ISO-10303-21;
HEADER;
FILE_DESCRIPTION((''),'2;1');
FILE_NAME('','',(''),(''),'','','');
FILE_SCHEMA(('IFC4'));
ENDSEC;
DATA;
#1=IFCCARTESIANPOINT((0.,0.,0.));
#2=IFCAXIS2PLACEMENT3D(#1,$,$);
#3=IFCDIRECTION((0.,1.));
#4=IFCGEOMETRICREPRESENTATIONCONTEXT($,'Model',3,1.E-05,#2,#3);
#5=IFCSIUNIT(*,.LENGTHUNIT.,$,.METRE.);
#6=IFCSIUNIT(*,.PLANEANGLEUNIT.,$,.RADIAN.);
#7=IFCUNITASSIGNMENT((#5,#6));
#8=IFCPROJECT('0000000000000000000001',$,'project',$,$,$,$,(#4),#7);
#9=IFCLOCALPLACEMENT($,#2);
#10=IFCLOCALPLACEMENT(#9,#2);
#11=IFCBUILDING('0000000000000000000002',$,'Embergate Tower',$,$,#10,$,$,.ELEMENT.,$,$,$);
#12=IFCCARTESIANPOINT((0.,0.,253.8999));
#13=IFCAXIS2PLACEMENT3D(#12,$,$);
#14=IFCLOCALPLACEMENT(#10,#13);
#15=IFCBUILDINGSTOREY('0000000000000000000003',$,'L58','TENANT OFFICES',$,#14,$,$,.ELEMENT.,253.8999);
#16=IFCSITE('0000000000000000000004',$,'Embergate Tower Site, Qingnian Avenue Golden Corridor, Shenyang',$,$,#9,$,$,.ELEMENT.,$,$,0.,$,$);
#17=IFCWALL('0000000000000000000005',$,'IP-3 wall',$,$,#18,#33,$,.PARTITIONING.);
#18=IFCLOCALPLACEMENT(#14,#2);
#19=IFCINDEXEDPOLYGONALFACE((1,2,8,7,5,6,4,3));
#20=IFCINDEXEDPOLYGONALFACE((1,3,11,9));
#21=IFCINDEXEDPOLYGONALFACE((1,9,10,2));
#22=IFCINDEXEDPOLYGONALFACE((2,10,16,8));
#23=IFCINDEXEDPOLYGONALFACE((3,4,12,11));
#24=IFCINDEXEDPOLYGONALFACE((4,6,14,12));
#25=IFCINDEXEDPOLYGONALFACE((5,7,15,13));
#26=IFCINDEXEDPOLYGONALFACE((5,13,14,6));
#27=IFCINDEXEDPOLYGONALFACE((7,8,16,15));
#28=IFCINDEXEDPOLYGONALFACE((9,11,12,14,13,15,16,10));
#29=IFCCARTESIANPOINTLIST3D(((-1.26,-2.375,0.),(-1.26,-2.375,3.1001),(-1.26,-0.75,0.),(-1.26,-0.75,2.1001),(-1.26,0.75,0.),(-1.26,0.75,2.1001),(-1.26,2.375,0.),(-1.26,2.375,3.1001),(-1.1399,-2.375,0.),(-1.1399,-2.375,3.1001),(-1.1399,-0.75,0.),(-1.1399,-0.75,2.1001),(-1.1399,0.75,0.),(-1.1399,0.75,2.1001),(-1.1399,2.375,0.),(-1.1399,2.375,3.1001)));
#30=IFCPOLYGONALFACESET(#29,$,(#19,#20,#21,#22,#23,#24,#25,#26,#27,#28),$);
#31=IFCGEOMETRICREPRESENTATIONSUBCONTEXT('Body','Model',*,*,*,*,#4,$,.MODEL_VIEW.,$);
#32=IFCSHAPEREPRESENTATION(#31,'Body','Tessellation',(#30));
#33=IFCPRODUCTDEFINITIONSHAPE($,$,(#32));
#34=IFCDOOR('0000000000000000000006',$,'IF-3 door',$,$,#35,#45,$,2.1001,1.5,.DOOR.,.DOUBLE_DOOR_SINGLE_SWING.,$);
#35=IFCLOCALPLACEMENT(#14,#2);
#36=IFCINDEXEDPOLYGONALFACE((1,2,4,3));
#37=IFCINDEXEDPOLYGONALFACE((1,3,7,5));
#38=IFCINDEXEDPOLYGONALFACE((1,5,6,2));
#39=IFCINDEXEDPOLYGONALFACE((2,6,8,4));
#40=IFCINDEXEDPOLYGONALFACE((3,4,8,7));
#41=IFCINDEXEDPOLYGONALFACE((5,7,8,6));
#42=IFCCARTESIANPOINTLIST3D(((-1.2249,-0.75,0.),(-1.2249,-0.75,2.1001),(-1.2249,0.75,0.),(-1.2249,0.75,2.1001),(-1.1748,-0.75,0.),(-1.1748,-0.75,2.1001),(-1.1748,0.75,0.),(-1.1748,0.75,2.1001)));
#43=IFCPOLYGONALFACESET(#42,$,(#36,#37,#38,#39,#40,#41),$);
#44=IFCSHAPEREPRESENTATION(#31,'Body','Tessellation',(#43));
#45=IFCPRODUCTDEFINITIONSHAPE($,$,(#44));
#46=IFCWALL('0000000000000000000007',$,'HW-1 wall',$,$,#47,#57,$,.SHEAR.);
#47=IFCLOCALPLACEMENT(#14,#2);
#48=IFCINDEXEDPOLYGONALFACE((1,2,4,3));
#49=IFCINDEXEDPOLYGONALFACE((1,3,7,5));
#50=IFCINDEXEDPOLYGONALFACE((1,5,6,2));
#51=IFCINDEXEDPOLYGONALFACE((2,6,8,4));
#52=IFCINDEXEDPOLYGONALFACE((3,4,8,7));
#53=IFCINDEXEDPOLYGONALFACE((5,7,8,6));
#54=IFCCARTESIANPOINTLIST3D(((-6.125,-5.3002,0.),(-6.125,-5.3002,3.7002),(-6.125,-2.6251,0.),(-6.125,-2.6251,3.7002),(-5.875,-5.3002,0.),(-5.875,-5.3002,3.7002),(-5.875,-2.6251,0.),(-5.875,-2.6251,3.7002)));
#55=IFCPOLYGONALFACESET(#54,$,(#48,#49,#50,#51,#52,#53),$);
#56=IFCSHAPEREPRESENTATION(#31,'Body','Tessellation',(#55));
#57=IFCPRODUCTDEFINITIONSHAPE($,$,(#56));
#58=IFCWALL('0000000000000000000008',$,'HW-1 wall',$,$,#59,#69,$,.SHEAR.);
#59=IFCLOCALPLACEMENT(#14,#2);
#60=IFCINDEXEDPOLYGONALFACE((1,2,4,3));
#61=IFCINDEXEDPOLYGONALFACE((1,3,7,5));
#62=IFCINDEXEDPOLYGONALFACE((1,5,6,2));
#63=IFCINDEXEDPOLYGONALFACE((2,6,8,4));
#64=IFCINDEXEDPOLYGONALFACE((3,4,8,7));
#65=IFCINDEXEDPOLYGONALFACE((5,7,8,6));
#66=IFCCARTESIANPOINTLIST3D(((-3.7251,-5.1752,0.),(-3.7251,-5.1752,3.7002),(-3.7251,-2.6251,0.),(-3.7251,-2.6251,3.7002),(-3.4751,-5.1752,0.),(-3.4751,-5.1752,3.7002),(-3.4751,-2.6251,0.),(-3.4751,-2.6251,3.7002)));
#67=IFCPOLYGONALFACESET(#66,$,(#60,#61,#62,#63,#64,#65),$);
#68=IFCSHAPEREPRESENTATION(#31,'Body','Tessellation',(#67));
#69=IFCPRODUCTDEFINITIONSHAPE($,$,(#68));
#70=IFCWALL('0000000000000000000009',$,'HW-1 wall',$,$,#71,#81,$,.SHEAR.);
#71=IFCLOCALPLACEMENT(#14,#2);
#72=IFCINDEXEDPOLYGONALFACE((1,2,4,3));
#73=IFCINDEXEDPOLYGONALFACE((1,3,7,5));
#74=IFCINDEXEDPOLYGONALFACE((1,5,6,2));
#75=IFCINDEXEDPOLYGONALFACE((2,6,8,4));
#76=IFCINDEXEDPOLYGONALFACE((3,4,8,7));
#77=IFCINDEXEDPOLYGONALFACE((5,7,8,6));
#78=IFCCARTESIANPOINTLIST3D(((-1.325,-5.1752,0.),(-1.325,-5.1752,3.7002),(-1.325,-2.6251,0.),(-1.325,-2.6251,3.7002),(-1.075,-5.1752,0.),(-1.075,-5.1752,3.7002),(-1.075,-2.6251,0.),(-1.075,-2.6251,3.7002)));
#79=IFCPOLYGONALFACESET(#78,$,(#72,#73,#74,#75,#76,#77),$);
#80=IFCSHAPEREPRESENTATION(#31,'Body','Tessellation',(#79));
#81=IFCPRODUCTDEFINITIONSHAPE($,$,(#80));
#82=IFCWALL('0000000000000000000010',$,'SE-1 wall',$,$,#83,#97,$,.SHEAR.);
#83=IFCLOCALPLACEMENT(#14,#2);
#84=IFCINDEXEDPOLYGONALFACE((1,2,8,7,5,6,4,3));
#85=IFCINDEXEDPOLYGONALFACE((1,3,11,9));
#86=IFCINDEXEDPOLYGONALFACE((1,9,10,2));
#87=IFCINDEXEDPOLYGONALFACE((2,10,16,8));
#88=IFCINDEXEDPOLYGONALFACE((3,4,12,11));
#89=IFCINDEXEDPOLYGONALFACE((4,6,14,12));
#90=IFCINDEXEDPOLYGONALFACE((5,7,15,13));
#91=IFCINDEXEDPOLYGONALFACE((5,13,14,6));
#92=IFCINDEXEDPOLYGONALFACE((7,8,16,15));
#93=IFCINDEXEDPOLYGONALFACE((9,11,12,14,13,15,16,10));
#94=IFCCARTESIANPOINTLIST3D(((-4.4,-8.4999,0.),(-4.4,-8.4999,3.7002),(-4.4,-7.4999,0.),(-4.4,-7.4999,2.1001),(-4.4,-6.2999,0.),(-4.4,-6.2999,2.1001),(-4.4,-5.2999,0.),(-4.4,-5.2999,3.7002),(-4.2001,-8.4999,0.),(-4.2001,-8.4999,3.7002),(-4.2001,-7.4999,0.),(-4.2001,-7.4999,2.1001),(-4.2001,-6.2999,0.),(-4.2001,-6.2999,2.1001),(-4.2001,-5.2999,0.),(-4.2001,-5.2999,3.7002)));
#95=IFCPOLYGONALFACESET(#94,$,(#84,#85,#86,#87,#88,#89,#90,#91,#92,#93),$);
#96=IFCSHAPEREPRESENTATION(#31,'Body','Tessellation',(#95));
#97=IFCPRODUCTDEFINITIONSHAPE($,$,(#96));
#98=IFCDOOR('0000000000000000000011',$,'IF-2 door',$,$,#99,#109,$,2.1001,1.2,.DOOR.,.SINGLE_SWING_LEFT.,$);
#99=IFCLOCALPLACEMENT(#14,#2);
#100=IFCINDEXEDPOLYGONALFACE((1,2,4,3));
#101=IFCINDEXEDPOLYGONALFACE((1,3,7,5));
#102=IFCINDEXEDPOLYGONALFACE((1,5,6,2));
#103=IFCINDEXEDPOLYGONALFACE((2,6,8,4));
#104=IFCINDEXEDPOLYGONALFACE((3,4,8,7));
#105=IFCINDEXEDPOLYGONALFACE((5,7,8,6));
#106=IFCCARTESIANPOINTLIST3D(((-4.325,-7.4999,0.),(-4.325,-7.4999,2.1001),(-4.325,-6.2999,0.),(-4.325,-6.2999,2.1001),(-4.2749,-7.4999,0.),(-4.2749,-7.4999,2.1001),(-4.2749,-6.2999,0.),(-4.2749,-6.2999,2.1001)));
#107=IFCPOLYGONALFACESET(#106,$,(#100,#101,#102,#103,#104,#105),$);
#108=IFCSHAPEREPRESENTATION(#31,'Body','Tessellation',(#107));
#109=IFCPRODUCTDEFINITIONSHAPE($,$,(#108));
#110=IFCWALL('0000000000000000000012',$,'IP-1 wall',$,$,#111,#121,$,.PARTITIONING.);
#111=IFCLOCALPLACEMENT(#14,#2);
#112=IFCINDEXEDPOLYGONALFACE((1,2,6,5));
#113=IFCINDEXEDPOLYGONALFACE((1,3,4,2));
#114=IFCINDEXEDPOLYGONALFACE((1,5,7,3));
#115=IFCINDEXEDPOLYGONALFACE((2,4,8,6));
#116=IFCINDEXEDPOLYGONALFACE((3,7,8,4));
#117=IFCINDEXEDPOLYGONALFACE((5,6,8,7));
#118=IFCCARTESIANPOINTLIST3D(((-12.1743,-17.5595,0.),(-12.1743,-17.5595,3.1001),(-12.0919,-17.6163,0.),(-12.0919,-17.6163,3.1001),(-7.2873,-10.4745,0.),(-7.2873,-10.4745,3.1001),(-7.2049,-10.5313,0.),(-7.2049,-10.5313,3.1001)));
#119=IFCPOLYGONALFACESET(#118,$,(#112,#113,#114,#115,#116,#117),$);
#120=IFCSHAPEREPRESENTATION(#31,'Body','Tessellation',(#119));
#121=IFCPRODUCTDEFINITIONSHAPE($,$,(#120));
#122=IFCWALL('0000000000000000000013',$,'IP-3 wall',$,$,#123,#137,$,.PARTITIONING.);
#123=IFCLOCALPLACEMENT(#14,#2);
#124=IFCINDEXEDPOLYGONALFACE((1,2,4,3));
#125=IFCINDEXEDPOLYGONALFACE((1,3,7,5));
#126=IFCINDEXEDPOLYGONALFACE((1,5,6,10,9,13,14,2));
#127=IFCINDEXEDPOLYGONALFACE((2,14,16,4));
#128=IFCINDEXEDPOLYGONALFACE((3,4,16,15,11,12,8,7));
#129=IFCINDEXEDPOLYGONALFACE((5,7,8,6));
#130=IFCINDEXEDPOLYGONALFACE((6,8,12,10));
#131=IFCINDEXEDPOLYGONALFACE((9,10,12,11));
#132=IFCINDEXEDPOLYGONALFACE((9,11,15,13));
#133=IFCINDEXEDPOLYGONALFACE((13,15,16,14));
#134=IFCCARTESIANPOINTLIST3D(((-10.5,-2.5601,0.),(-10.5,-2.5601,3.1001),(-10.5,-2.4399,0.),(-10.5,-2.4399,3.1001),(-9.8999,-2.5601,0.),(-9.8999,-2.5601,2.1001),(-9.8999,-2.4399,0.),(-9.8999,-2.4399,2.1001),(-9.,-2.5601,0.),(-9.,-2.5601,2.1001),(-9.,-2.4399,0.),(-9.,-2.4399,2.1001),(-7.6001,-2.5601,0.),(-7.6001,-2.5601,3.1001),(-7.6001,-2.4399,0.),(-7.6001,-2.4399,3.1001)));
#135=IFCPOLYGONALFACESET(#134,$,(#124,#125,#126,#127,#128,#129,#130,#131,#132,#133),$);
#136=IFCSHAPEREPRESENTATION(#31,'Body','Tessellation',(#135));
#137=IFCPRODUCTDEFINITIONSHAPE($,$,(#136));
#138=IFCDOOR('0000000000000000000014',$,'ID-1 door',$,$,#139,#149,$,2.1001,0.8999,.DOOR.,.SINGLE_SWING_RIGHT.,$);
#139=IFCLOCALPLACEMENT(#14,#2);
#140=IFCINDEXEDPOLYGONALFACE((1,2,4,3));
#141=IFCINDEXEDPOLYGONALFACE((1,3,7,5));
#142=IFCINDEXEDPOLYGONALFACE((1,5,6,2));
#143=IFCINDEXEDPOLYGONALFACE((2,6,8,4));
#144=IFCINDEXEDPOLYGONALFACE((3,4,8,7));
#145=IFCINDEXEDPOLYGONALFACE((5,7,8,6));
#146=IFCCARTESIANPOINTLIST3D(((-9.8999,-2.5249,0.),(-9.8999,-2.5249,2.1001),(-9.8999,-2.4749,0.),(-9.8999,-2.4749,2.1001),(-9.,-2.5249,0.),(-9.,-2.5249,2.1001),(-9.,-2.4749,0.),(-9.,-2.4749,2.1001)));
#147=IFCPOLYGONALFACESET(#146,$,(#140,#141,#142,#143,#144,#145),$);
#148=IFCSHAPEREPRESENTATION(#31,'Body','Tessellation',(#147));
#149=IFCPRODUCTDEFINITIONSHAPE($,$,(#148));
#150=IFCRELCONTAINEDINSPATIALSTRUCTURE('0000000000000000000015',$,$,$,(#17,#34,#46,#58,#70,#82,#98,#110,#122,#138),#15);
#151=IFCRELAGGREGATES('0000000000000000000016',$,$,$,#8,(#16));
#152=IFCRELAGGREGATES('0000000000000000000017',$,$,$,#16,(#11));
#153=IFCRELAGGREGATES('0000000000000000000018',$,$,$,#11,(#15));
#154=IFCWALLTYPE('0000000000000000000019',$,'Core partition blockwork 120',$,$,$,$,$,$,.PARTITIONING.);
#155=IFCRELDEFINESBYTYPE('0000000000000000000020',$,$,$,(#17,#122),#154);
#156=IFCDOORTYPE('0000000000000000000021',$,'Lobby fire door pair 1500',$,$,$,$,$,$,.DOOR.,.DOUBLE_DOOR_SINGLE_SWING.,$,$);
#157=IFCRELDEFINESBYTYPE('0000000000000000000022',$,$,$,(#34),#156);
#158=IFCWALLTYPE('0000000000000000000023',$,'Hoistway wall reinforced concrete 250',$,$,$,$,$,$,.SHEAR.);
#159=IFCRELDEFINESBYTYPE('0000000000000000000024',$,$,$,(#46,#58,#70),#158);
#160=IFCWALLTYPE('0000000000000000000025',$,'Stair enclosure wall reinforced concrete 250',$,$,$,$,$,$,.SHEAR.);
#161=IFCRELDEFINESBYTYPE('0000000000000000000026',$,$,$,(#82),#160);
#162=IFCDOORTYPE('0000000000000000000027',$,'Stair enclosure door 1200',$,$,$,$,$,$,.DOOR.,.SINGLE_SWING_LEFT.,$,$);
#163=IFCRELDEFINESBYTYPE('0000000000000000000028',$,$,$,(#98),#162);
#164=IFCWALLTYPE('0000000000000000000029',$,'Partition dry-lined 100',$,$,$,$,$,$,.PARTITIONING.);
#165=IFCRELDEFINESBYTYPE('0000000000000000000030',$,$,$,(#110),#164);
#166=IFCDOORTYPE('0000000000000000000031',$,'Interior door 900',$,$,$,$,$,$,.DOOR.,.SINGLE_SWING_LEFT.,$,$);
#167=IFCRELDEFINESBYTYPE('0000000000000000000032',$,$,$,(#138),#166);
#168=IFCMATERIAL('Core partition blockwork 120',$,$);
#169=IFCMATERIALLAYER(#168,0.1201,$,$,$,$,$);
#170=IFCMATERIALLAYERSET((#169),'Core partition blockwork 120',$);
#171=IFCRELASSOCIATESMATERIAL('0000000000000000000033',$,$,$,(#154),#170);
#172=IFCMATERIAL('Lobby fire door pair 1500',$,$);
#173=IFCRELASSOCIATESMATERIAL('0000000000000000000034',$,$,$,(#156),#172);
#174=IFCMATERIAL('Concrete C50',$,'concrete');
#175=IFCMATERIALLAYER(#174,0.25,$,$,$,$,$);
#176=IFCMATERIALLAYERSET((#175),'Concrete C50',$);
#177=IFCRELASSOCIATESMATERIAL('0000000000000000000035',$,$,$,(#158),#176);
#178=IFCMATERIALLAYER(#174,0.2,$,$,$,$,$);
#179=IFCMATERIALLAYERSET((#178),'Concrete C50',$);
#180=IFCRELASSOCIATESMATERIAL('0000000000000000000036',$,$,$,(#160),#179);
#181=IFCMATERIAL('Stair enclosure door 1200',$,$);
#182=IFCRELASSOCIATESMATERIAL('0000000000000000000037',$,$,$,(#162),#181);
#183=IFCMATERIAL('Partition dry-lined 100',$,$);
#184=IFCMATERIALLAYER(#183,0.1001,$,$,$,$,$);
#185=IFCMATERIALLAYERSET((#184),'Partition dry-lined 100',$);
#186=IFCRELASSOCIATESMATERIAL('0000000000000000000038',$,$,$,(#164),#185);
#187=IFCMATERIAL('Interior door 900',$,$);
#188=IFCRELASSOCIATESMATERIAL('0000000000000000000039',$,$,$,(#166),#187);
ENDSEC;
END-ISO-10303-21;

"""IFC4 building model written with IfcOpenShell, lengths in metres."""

from ifc_helpers import new_model, si_unit, direction, frame, frame_2d, origin, place, context, subcontext, project, spatial, rectangle, extrude, source, transform, mapped, material, layer, layer_set, type_object, element, fill, save


model = new_model("IFC4")

# Units and contexts
model_context = context("Model", 3, precision=1e-05, world=origin(), true_north=direction((0.0, 1.0)))
body_context = subcontext(model_context, "Body", "Model", "MODEL_VIEW")
ifc_project = project(units=[si_unit("LENGTHUNIT", "METRE"), si_unit("PLANEANGLEUNIT", "RADIAN")], contexts=[model_context])

# Site, building, storey
site_placement = place(None, origin())
site = spatial("IfcSite", under=ifc_project, at=site_placement, Name="Embergate Tower Site, Qingnian Avenue Golden Corridor, Shenyang", CompositionType="ELEMENT", RefElevation=0.0)
building_placement = place(site_placement, origin())
building = spatial("IfcBuilding", under=site, at=building_placement, Name="Embergate Tower", CompositionType="ELEMENT")
storey_placement = place(building_placement, frame((0.0, 0.0, 253.8999)))
storey = spatial("IfcBuildingStorey", under=building, at=storey_placement, Name="L58", Description="TENANT OFFICES", CompositionType="ELEMENT", Elevation=253.8999)

# Wall, opening, door
ifc_material_1 = material(Name="Core partition blockwork 120")
ifc_layer_1 = layer(ifc_material_1, 0.1201)
ifc_layer_set_1 = layer_set([ifc_layer_1], Name="Core partition blockwork 120")
wall_type_1 = type_object("IfcWallType", Name="Core partition blockwork 120", PredefinedType="PARTITIONING", material=ifc_layer_set_1)
shared_shape_1 = source(origin(), body_context, "Body", "SweptSolid", [
    extrude(rectangle(XDim=4.75, YDim=0.1201, at=frame_2d((2.375, 0.0))), origin(), (0.0, 0.0, 1.0), 3.1001),
])
wall_1_placement = place(storey_placement, frame((-1.2, -2.375, 0.0), z_axis=(0.0, 0.0, 1.0), x_axis=(0.0, 1.0, 0.0)))
wall_1 = element("IfcWall", 1, at=wall_1_placement, inside=storey, type_object=wall_type_1, Name="IP-3 wall", PredefinedType="PARTITIONING", context=body_context, shape_type="MappedRepresentation", body=[
    mapped(shared_shape_1, transform((0.0, 0.0, 0.0))),
])
shared_shape_2 = source(origin(), body_context, "Body", "SweptSolid", [
    extrude(rectangle(XDim=1.5, YDim=2.1001, at=frame_2d((0.75, 1.05))), frame((0.0, 0.0701, 0.0), z_axis=(0.0, -1.0, 0.0), x_axis=(1.0, 0.0, 0.0)), (0.0, 0.0, 1.0), 0.1401),
])
opening_1_placement = place(wall_1_placement, frame((1.625, 0.0, 0.0)))
opening_1 = element("IfcOpeningElement", 2, at=opening_1_placement, cuts=wall_1, PredefinedType="OPENING", context=body_context, shape_type="MappedRepresentation", body=[
    mapped(shared_shape_2, transform((0.0, 0.0, 0.0))),
])
ifc_material_2 = material(Name="Lobby fire door pair 1500")
door_type_1 = type_object("IfcDoorType", Name="Lobby fire door pair 1500", OperationType="DOUBLE_DOOR_SINGLE_SWING", PredefinedType="DOOR", material=ifc_material_2)
shared_shape_3 = source(origin(), body_context, "Body", "SweptSolid", [
    extrude(rectangle(XDim=1.5, YDim=2.1001, at=frame_2d((0.75, 1.05))), frame((0.0, 0.0249, 0.0), z_axis=(0.0, -1.0, 0.0), x_axis=(1.0, 0.0, 0.0)), (0.0, 0.0, 1.0), 0.05),
])
door_1_placement = place(opening_1_placement, origin())
door_1 = element("IfcDoor", 3, at=door_1_placement, inside=storey, type_object=door_type_1, Name="IF-3 door", OperationType="DOUBLE_DOOR_SINGLE_SWING", OverallHeight=2.1001, OverallWidth=1.5, PredefinedType="DOOR", context=body_context, shape_type="MappedRepresentation", body=[
    mapped(shared_shape_3, transform((0.0, 0.0, 0.0))),
])
fill(opening_1, door_1)

# Walls
ifc_material_3 = material(Name="Concrete C50", Category="concrete")
ifc_layer_2 = layer(ifc_material_3, 0.25)
ifc_layer_set_2 = layer_set([ifc_layer_2], Name="Concrete C50")
wall_type_2 = type_object("IfcWallType", Name="Hoistway wall reinforced concrete 250", PredefinedType="SHEAR", material=ifc_layer_set_2)
shared_shape_4 = source(origin(), body_context, "Body", "SweptSolid", [
    extrude(rectangle(XDim=2.675, YDim=0.25, at=frame_2d((1.3374, 0.0))), origin(), (0.0, 0.0, 1.0), 3.7002),
])
wall_2_placement = place(storey_placement, frame((-6.0, -5.3, 0.0), z_axis=(0.0, 0.0, 1.0), x_axis=(0.0, 1.0, 0.0)))
element("IfcWall", 4, at=wall_2_placement, inside=storey, type_object=wall_type_2, Name="HW-1 wall", PredefinedType="SHEAR", context=body_context, shape_type="MappedRepresentation", body=[
    mapped(shared_shape_4, transform((0.0, 0.0, 0.0))),
])
shared_shape_5 = source(origin(), body_context, "Body", "SweptSolid", [
    extrude(rectangle(XDim=2.55, YDim=0.25, at=frame_2d((1.2749, 0.0))), origin(), (0.0, 0.0, 1.0), 3.7002),
])
for number, where, z_axis, x_axis, name in (
    (5, (-3.6001, -5.175, 0.0), (0.0, 0.0, 1.0), (0.0, 1.0, 0.0), "HW-1 wall"),
    (6, (-1.2, -5.175, 0.0), (0.0, 0.0, 1.0), (0.0, 1.0, 0.0), "HW-1 wall"),
):
    element("IfcWall", number, at=place(storey_placement, frame(where, z_axis=z_axis, x_axis=x_axis)), inside=storey, type_object=wall_type_2, Name=name, PredefinedType="SHEAR", context=body_context, shape_type="MappedRepresentation", body=[
        mapped(shared_shape_5, transform((0.0, 0.0, 0.0))),
    ])

# Wall, opening, door
ifc_layer_3 = layer(ifc_material_3, 0.2)
ifc_layer_set_3 = layer_set([ifc_layer_3], Name="Concrete C50")
wall_type_3 = type_object("IfcWallType", Name="Stair enclosure wall reinforced concrete 250", PredefinedType="SHEAR", material=ifc_layer_set_3)
shared_shape_6 = source(origin(), body_context, "Body", "SweptSolid", [
    extrude(rectangle(XDim=3.2, YDim=0.2, at=frame_2d((1.6001, 0.0))), origin(), (0.0, 0.0, 1.0), 3.7002),
])
wall_3_placement = place(storey_placement, frame((-4.3, -8.5, 0.0), z_axis=(0.0, 0.0, 1.0), x_axis=(0.0, 1.0, 0.0)))
wall_3 = element("IfcWall", 7, at=wall_3_placement, inside=storey, type_object=wall_type_3, Name="SE-1 wall", PredefinedType="SHEAR", context=body_context, shape_type="MappedRepresentation", body=[
    mapped(shared_shape_6, transform((0.0, 0.0, 0.0))),
])
shared_shape_7 = source(origin(), body_context, "Body", "SweptSolid", [
    extrude(rectangle(XDim=1.2, YDim=2.1001, at=frame_2d((0.6001, 1.05))), frame((0.0, 0.1099, 0.0), z_axis=(0.0, -1.0, 0.0), x_axis=(1.0, 0.0, 0.0)), (0.0, 0.0, 1.0), 0.22),
])
opening_2_placement = place(wall_3_placement, frame((1.0, 0.0, 0.0)))
opening_2 = element("IfcOpeningElement", 8, at=opening_2_placement, cuts=wall_3, PredefinedType="OPENING", context=body_context, shape_type="MappedRepresentation", body=[
    mapped(shared_shape_7, transform((0.0, 0.0, 0.0))),
])
ifc_material_4 = material(Name="Stair enclosure door 1200")
door_type_2 = type_object("IfcDoorType", Name="Stair enclosure door 1200", OperationType="SINGLE_SWING_LEFT", PredefinedType="DOOR", material=ifc_material_4)
shared_shape_8 = source(origin(), body_context, "Body", "SweptSolid", [
    extrude(rectangle(XDim=1.2, YDim=2.1001, at=frame_2d((0.6001, 1.05))), frame((0.0, 0.0249, 0.0), z_axis=(0.0, -1.0, 0.0), x_axis=(1.0, 0.0, 0.0)), (0.0, 0.0, 1.0), 0.05),
])
door_2_placement = place(opening_2_placement, origin())
door_2 = element("IfcDoor", 9, at=door_2_placement, inside=storey, type_object=door_type_2, Name="IF-2 door", OperationType="SINGLE_SWING_LEFT", OverallHeight=2.1001, OverallWidth=1.2, PredefinedType="DOOR", context=body_context, shape_type="MappedRepresentation", body=[
    mapped(shared_shape_8, transform((0.0, 0.0, 0.0))),
])
fill(opening_2, door_2)

# Wall
ifc_material_5 = material(Name="Partition dry-lined 100")
ifc_layer_4 = layer(ifc_material_5, 0.1001)
ifc_layer_set_4 = layer_set([ifc_layer_4], Name="Partition dry-lined 100")
wall_type_4 = type_object("IfcWallType", Name="Partition dry-lined 100", PredefinedType="PARTITIONING", material=ifc_layer_set_4)
shared_shape_9 = source(origin(), body_context, "Body", "SweptSolid", [
    extrude(rectangle(XDim=8.6069, YDim=0.1001, at=frame_2d((4.3035, 0.0))), origin(), (0.0, 0.0, 1.0), 3.1001),
])
wall_4_placement = place(storey_placement, frame((-7.2461, -10.5029, 0.0), z_axis=(0.0, 0.0, 1.0), x_axis=(-0.567795, -0.82317, 0.0)))
element("IfcWall", 10, at=wall_4_placement, inside=storey, type_object=wall_type_4, Name="IP-1 wall", PredefinedType="PARTITIONING", context=body_context, shape_type="MappedRepresentation", body=[
    mapped(shared_shape_9, transform((0.0, 0.0, 0.0))),
])

# Wall, opening, door
shared_shape_10 = source(origin(), body_context, "Body", "SweptSolid", [
    extrude(rectangle(XDim=2.8999, YDim=0.1201, at=frame_2d((1.45, 0.0))), origin(), (0.0, 0.0, 1.0), 3.1001),
])
wall_5_placement = place(storey_placement, frame((-7.6001, -2.5, 0.0), z_axis=(0.0, 0.0, 1.0), x_axis=(-1.0, 0.0, 0.0)))
wall_5 = element("IfcWall", 11, at=wall_5_placement, inside=storey, type_object=wall_type_1, Name="IP-3 wall", PredefinedType="PARTITIONING", context=body_context, shape_type="MappedRepresentation", body=[
    mapped(shared_shape_10, transform((0.0, 0.0, 0.0))),
])
shared_shape_11 = source(origin(), body_context, "Body", "SweptSolid", [
    extrude(rectangle(XDim=0.8999, YDim=2.1001, at=frame_2d((0.45, 1.05))), frame((0.0, 0.0701, 0.0), z_axis=(0.0, -1.0, 0.0), x_axis=(1.0, 0.0, 0.0)), (0.0, 0.0, 1.0), 0.1401),
])
opening_3_placement = place(wall_5_placement, frame((1.3999, 0.0, 0.0)))
opening_3 = element("IfcOpeningElement", 12, at=opening_3_placement, cuts=wall_5, PredefinedType="OPENING", context=body_context, shape_type="MappedRepresentation", body=[
    mapped(shared_shape_11, transform((0.0, 0.0, 0.0))),
])
ifc_material_6 = material(Name="Interior door 900")
door_type_3 = type_object("IfcDoorType", Name="Interior door 900", OperationType="SINGLE_SWING_LEFT", PredefinedType="DOOR", material=ifc_material_6)
shared_shape_12 = source(origin(), body_context, "Body", "SweptSolid", [
    extrude(rectangle(XDim=0.8999, YDim=2.1001, at=frame_2d((0.45, 1.05))), frame((0.0, 0.0249, 0.0), z_axis=(0.0, -1.0, 0.0), x_axis=(1.0, 0.0, 0.0)), (0.0, 0.0, 1.0), 0.05),
])
door_3_placement = place(opening_3_placement, origin())
door_3 = element("IfcDoor", 13, at=door_3_placement, inside=storey, type_object=door_type_3, Name="ID-1 door", OperationType="SINGLE_SWING_RIGHT", OverallHeight=2.1001, OverallWidth=0.8999, PredefinedType="DOOR", context=body_context, shape_type="MappedRepresentation", body=[
    mapped(shared_shape_12, transform((0.0, 0.0, 0.0))),
])
fill(opening_3, door_3)

save(model, "model.ifc")
